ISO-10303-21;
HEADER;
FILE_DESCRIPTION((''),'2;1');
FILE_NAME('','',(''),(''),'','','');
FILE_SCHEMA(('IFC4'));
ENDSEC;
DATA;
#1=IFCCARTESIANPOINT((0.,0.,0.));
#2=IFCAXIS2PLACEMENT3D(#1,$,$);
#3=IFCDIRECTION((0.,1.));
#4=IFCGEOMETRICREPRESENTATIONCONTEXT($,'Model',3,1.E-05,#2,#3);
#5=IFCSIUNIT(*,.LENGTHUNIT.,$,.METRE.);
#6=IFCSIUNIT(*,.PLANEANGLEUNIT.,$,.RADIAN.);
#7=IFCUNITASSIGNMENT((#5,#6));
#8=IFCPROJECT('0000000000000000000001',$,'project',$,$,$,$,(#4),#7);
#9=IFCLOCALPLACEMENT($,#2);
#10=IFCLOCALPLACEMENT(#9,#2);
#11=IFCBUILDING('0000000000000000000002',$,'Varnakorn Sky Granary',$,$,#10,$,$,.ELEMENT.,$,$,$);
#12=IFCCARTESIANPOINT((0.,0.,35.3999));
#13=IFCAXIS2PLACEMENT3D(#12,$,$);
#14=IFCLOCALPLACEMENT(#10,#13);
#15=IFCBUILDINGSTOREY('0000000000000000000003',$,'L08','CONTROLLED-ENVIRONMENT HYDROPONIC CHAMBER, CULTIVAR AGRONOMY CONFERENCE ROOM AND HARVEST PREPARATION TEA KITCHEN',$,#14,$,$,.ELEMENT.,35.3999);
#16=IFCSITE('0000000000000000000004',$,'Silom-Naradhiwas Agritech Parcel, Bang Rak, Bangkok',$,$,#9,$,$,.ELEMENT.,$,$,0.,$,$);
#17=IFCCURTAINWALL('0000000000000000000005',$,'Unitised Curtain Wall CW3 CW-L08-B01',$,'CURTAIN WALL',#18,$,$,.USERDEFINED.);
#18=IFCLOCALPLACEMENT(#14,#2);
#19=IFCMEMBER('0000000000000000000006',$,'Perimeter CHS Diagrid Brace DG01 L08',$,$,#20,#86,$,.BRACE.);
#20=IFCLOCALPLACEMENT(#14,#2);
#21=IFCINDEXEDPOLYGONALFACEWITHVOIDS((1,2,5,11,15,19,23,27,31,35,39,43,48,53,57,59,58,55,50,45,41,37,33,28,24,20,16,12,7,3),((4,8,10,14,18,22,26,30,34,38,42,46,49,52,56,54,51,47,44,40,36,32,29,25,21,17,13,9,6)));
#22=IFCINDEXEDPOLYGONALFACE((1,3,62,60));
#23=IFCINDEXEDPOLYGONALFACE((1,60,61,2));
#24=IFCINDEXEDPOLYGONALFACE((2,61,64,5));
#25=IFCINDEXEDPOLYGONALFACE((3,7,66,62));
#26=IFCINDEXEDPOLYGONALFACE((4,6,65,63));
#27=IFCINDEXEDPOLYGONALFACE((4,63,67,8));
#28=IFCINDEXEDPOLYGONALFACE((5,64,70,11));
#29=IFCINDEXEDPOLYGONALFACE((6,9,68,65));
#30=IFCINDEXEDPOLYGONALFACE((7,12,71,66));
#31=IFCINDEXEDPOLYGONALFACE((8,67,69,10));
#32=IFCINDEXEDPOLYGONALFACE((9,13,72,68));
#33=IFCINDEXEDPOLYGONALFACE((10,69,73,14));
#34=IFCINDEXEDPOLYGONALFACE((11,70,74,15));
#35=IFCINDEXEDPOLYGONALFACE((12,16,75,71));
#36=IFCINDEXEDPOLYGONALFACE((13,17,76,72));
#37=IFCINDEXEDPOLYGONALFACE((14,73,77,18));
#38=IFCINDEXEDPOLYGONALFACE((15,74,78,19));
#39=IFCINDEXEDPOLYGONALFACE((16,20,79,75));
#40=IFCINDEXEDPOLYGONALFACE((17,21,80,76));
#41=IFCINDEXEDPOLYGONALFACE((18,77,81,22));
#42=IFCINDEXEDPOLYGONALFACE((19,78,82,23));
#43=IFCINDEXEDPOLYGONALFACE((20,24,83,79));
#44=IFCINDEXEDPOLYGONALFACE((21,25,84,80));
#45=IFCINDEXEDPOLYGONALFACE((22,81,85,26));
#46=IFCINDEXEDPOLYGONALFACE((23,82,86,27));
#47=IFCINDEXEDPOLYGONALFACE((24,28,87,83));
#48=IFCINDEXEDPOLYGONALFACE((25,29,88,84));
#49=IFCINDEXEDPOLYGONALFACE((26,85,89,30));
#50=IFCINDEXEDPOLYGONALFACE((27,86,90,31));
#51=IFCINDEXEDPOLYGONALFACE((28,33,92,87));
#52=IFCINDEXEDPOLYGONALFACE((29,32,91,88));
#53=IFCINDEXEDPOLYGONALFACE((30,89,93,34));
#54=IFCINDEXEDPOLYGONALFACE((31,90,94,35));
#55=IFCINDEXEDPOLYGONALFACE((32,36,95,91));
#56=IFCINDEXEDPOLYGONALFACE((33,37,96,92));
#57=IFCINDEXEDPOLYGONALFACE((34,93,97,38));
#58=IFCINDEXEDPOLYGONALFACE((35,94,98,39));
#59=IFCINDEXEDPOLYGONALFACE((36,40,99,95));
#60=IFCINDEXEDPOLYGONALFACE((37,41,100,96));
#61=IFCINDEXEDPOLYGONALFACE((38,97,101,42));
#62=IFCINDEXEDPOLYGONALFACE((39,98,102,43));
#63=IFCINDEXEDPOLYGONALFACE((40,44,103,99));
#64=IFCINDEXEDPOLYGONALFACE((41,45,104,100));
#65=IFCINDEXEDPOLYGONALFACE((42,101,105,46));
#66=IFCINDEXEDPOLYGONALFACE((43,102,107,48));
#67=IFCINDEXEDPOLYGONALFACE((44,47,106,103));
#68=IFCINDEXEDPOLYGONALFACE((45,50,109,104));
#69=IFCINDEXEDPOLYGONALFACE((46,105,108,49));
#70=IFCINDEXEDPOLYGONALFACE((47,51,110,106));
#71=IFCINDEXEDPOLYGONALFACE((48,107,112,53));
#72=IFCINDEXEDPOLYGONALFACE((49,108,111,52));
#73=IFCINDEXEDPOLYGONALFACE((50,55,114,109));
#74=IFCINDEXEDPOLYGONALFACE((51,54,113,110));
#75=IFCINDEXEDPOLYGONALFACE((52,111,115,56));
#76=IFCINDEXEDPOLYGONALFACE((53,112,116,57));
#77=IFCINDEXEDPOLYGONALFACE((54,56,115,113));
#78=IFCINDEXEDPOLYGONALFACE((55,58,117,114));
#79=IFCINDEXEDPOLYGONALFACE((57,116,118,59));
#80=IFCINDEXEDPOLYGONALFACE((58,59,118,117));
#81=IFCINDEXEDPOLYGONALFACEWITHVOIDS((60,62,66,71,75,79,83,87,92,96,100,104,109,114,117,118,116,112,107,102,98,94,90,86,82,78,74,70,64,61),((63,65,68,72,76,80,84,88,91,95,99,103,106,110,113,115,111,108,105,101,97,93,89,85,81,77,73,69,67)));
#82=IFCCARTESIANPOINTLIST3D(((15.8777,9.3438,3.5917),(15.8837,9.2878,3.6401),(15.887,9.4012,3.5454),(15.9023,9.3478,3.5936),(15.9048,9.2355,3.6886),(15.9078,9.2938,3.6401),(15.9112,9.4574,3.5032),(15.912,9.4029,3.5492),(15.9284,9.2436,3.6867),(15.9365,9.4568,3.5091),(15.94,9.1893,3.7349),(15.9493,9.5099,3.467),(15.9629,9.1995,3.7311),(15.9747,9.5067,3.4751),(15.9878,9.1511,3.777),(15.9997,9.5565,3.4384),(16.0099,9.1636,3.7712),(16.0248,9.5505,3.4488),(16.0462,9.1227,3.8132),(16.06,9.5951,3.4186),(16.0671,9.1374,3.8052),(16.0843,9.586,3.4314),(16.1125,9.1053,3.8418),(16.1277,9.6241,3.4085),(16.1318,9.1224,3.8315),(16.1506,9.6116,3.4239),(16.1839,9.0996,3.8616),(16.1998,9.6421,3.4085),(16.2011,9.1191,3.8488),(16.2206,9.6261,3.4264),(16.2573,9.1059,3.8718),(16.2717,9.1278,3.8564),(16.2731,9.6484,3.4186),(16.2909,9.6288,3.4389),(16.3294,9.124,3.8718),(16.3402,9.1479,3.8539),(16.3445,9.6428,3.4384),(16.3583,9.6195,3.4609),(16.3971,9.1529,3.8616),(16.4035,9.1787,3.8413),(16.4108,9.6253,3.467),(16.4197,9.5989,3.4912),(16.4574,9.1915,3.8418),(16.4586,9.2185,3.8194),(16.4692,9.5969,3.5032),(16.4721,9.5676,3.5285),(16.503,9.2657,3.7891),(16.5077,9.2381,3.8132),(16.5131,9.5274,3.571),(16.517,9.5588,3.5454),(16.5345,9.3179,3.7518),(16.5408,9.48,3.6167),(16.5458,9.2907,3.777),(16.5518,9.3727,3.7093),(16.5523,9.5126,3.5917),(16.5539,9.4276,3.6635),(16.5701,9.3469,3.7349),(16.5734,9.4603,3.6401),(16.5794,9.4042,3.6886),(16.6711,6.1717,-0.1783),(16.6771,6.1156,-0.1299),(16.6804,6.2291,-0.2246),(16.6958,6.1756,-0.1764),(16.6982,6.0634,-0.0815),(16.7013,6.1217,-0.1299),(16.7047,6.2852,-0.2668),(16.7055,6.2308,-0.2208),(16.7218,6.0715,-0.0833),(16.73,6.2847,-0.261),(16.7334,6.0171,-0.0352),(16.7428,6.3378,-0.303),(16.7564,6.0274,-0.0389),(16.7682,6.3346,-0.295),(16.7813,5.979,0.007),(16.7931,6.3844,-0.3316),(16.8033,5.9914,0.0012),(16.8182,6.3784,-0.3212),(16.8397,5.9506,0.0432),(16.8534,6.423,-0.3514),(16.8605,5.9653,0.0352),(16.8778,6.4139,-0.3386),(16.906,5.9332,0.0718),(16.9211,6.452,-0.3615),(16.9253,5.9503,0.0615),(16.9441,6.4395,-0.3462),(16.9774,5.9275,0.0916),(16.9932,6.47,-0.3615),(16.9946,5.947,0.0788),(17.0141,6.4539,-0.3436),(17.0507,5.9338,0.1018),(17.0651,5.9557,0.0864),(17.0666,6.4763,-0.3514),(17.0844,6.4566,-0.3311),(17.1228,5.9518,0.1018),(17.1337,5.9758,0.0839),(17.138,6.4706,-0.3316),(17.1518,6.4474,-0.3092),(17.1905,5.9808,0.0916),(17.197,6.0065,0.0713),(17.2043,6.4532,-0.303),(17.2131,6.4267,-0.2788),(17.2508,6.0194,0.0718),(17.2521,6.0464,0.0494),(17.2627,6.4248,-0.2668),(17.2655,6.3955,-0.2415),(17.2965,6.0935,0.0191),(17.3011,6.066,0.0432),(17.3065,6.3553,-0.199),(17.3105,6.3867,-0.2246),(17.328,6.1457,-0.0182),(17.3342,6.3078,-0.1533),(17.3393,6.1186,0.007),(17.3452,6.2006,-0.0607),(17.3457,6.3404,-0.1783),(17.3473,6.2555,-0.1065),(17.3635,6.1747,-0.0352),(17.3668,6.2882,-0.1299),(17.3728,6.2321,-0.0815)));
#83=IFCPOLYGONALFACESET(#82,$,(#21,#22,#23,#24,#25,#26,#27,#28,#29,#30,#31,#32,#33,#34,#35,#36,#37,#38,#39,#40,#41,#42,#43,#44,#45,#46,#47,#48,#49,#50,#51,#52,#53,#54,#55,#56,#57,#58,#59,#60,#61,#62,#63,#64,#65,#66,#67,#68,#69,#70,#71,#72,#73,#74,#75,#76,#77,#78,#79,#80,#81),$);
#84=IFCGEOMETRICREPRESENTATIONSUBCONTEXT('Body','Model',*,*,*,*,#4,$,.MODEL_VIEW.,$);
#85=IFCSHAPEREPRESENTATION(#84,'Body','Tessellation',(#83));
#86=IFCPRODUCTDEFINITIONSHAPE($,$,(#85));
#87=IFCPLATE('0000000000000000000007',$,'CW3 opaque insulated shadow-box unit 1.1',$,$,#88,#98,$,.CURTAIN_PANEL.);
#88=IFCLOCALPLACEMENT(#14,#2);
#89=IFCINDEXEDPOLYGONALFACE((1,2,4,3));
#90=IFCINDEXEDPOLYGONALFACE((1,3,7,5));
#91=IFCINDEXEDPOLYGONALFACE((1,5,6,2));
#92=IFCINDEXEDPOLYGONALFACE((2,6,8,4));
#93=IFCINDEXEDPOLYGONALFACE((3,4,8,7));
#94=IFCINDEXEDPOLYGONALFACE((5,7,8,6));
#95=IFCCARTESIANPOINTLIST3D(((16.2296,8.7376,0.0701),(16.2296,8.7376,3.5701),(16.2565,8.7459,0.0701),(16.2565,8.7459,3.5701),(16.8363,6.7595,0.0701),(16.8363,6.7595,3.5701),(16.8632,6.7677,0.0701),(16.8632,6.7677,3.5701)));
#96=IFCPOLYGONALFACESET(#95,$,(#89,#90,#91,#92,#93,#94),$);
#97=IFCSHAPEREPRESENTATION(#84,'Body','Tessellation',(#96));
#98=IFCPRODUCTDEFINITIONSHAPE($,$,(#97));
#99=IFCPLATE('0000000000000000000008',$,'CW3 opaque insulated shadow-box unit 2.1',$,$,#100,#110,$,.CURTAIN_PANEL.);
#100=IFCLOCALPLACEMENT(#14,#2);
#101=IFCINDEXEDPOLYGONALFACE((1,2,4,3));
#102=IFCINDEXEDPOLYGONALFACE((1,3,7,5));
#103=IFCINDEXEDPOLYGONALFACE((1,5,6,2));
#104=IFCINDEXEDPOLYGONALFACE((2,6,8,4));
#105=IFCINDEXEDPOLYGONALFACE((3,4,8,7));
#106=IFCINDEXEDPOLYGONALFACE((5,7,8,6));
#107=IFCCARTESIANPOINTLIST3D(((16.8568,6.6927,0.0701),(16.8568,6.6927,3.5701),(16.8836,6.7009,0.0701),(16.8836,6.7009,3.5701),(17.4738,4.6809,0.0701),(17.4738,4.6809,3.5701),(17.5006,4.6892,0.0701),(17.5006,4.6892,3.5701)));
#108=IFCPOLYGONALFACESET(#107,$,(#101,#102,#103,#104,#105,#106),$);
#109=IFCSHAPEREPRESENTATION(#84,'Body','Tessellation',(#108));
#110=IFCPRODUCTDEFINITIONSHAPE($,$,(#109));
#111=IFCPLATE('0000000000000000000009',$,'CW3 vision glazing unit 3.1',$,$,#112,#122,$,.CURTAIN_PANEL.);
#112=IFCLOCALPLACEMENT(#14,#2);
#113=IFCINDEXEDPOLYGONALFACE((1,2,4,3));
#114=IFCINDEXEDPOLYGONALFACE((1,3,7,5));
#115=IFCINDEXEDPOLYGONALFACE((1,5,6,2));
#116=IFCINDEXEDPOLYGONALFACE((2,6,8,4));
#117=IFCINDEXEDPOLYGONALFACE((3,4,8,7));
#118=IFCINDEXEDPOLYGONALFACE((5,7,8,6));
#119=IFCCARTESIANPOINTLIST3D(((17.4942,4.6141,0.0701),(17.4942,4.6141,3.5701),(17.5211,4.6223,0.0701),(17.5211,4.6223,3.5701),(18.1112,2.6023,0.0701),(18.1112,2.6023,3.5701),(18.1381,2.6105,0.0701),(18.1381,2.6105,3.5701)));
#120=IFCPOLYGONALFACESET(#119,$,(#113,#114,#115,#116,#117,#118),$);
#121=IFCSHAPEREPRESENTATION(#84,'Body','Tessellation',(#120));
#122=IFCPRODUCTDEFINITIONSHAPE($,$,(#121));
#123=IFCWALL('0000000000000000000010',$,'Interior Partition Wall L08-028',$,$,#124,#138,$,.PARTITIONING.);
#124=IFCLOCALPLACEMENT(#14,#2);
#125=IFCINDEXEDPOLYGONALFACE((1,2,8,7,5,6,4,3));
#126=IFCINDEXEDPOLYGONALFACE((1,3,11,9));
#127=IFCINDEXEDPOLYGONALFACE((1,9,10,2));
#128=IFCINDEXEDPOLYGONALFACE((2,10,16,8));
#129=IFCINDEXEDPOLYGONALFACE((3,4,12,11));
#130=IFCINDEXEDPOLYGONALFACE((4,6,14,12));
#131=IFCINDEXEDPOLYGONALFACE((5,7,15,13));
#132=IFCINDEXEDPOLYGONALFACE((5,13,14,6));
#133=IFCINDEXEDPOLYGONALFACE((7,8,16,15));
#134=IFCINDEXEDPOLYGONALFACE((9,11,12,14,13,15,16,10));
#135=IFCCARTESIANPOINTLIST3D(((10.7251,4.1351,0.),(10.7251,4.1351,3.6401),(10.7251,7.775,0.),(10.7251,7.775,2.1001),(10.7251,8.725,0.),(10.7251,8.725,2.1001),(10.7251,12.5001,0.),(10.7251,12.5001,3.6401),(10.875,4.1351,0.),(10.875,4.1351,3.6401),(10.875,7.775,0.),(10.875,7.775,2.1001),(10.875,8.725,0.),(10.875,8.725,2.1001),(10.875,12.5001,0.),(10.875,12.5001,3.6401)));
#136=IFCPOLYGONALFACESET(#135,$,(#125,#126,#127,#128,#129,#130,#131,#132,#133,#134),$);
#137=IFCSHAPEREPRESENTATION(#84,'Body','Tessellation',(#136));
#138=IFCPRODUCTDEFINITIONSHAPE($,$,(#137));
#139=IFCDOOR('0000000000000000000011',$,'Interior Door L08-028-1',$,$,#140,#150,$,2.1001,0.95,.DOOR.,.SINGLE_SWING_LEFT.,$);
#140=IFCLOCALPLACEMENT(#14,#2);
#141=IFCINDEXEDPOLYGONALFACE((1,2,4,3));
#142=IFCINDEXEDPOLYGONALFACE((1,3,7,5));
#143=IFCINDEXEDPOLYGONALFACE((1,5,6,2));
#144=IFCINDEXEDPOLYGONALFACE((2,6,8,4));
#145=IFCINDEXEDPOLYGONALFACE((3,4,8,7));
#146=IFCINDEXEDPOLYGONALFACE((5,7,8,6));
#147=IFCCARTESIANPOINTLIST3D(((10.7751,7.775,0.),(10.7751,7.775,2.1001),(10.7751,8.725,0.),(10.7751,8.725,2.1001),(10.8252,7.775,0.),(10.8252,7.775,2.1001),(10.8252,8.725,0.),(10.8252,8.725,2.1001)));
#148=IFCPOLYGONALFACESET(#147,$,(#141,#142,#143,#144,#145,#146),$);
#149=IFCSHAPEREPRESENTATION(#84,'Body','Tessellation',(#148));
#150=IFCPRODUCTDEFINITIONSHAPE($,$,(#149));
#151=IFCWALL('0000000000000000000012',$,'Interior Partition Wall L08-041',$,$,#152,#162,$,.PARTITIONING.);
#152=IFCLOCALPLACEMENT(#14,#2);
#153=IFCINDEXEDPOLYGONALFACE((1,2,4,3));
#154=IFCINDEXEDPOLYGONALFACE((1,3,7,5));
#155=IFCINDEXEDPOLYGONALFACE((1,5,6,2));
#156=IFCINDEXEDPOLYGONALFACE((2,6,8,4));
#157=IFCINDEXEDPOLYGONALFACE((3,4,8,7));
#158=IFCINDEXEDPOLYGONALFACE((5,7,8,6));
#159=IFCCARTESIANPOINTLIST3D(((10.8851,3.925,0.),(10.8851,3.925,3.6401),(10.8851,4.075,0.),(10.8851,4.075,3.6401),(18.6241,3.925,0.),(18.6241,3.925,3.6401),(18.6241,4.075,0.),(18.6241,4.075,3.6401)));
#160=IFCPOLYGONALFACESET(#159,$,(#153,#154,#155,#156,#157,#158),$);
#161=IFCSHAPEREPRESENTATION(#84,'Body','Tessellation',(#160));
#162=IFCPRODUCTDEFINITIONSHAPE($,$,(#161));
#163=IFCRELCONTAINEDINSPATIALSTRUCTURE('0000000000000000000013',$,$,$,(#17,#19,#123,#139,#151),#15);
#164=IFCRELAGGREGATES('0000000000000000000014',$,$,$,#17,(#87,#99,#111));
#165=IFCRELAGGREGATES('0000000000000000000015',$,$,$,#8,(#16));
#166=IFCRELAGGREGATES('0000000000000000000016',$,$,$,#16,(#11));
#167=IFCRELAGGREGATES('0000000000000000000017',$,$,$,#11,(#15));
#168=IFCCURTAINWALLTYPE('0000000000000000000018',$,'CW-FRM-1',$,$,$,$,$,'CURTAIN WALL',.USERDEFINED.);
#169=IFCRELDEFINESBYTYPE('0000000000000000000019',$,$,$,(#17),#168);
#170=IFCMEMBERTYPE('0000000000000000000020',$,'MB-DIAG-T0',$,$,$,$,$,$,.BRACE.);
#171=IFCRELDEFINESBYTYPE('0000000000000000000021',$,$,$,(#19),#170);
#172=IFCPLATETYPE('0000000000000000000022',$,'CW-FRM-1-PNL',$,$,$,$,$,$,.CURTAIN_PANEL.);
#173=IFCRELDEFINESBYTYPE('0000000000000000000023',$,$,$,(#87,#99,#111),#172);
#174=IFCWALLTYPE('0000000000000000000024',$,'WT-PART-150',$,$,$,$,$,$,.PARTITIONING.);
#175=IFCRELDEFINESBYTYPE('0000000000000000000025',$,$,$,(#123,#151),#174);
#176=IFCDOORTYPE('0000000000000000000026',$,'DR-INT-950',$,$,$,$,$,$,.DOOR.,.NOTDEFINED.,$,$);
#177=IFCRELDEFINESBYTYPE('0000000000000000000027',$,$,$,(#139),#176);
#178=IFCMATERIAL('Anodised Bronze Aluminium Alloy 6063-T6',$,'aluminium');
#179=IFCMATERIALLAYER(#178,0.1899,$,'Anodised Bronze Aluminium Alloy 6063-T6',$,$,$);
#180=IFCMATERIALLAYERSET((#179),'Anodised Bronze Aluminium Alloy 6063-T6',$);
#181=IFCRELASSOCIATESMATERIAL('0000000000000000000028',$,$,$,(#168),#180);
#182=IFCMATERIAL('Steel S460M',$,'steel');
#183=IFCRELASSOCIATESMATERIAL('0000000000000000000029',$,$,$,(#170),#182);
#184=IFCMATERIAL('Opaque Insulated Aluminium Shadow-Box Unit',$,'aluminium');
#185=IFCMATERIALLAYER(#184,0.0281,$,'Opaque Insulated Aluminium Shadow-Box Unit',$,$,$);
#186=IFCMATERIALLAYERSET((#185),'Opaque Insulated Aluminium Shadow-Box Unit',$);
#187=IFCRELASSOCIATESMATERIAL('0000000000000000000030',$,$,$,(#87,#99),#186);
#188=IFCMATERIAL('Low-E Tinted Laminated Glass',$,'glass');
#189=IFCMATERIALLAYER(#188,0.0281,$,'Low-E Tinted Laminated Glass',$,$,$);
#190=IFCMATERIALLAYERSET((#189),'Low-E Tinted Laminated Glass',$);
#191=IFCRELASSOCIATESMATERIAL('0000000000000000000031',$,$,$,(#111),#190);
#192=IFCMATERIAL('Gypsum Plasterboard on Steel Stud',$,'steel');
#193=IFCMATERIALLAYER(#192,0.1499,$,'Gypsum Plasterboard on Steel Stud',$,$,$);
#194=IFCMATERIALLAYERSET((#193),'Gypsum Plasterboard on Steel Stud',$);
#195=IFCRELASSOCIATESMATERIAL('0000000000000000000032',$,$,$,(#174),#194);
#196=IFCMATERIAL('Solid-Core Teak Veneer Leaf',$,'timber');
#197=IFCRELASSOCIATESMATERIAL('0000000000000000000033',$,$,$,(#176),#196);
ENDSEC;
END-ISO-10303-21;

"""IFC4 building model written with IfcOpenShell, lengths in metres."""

from ifc_helpers import new_model, si_unit, direction, frame, frame_2d, origin, origin_2d, place, context, subcontext, project, spatial, rectangle, hollow_circle, extrude, source, transform, mapped, material, layer, layer_set, material_profile, profile_set, type_object, type_shapes, element, fill, aggregate, save


model = new_model("IFC4")

# Units and contexts
model_context = context("Model", 3, precision=1e-05, world=origin(), true_north=direction((0.0, 1.0)))
body_context = subcontext(model_context, "Body", "Model", "MODEL_VIEW")
ifc_project = project(units=[si_unit("LENGTHUNIT", "METRE"), si_unit("PLANEANGLEUNIT", "RADIAN")], contexts=[model_context])

# Site, building, storey
site_placement = place(None, origin())
site = spatial("IfcSite", under=ifc_project, at=site_placement, Name="Silom-Naradhiwas Agritech Parcel, Bang Rak, Bangkok", CompositionType="ELEMENT", RefElevation=0.0)
building_placement = place(site_placement, origin())
building = spatial("IfcBuilding", under=site, at=building_placement, Name="Varnakorn Sky Granary", CompositionType="ELEMENT")
storey_placement = place(building_placement, frame((0.0, 0.0, 35.3999)))
storey = spatial("IfcBuildingStorey", under=building, at=storey_placement, Name="L08", Description="CONTROLLED-ENVIRONMENT HYDROPONIC CHAMBER, CULTIVAR AGRONOMY CONFERENCE ROOM AND HARVEST PREPARATION TEA KITCHEN", CompositionType="ELEMENT", Elevation=35.3999)

# Shared definitions
ifc_material_1 = material(Name="Steel S460M", Category="steel")

# Curtain wall
ifc_material_2 = material(Name="Anodised Bronze Aluminium Alloy 6063-T6", Category="aluminium")
ifc_layer_1 = layer(ifc_material_2, 0.1899, Name="Anodised Bronze Aluminium Alloy 6063-T6")
ifc_layer_set_1 = layer_set([ifc_layer_1], Name="Anodised Bronze Aluminium Alloy 6063-T6")
curtain_wall_type = type_object("IfcCurtainWallType", Name="CW-FRM-1", ElementType="CURTAIN WALL", PredefinedType="USERDEFINED", material=ifc_layer_set_1)
curtain_wall_placement = place(storey_placement, origin())
curtain_wall = element("IfcCurtainWall", 1, at=curtain_wall_placement, inside=storey, type_object=curtain_wall_type, Name="Unitised Curtain Wall CW3 CW-L08-B01", ObjectType="CURTAIN WALL", PredefinedType="USERDEFINED")

# Member
ifc_material_profile_1 = material_profile(ifc_material_1, hollow_circle(Radius=0.3555, WallThickness=0.0249, at=origin_2d()), Name="CHS 711x25")
ifc_profile_set_1 = profile_set([ifc_material_profile_1], Name="Steel S460M")
member_type_1 = type_object("IfcMemberType", Name="MB-DIAG-T0", PredefinedType="BRACE", material=ifc_profile_set_1)
member_1_placement = place(storey_placement, frame((17.022, 6.2019, -0.1299), z_axis=(-0.158994, 0.635633, 0.755441), x_axis=(-0.970112, -0.242659, 0.0)))
element("IfcMember", 2, at=member_1_placement, inside=storey, type_object=member_type_1, Name="Perimeter CHS Diagrid Brace DG01 L08", PredefinedType="BRACE", context=body_context, shape_type="SweptSolid", body=[
    extrude(hollow_circle(Radius=0.3555, WallThickness=0.0249, at=origin_2d()), origin(), (0.0, 0.0, 1.0), 4.9905),
])

# Plates
ifc_material_3 = material(Name="Opaque Insulated Aluminium Shadow-Box Unit", Category="aluminium")
ifc_layer_2 = layer(ifc_material_3, 0.0281, Name="Opaque Insulated Aluminium Shadow-Box Unit")
ifc_layer_set_2 = layer_set([ifc_layer_2], Name="Opaque Insulated Aluminium Shadow-Box Unit")
plate_type = type_object("IfcPlateType", Name="CW-FRM-1-PNL", PredefinedType="CURTAIN_PANEL")
shared_shape_1 = source(origin(), body_context, "Body", "SweptSolid", [
    extrude(rectangle(XDim=2.0691, YDim=0.0281, at=origin_2d()), origin(), (0.0, 0.0, 1.0), 3.5),
])
plate_1_placement = place(storey_placement, frame((16.5464, 7.7527, 0.0701), z_axis=(0.0, 0.0, 1.0), x_axis=(0.293216, -0.956046, 0.0)))
plate_1 = element("IfcPlate", 3, at=plate_1_placement, type_object=plate_type, material=ifc_layer_set_2, Name="CW3 opaque insulated shadow-box unit 1.1", PredefinedType="CURTAIN_PANEL", context=body_context, shape_type="MappedRepresentation", body=[
    mapped(shared_shape_1, transform((0.0, 0.0, 0.0), x_axis=(1.0, 0.0, 0.0), y_axis=(0.0, 1.0, 0.0), z_axis=(0.0, 0.0, 1.0), scale=1.0)),
])
shared_shape_2 = source(origin(), body_context, "Body", "SweptSolid", [
    extrude(rectangle(XDim=2.1042, YDim=0.0281, at=origin_2d()), origin(), (0.0, 0.0, 1.0), 3.5),
])
type_shapes(plate_type, [shared_shape_1, shared_shape_2])
plate_2_placement = place(storey_placement, frame((17.1787, 5.6909, 0.0701), z_axis=(0.0, 0.0, 1.0), x_axis=(0.293216, -0.956046, 0.0)))
plate_2 = element("IfcPlate", 4, at=plate_2_placement, type_object=plate_type, material=ifc_layer_set_2, Name="CW3 opaque insulated shadow-box unit 2.1", PredefinedType="CURTAIN_PANEL", context=body_context, shape_type="MappedRepresentation", body=[
    mapped(shared_shape_2, transform((0.0, 0.0, 0.0), x_axis=(1.0, 0.0, 0.0), y_axis=(0.0, 1.0, 0.0), z_axis=(0.0, 0.0, 1.0), scale=1.0)),
])
ifc_material_4 = material(Name="Low-E Tinted Laminated Glass", Category="glass")
ifc_layer_3 = layer(ifc_material_4, 0.0281, Name="Low-E Tinted Laminated Glass")
ifc_layer_set_3 = layer_set([ifc_layer_3], Name="Low-E Tinted Laminated Glass")
plate_3_placement = place(storey_placement, frame((17.8162, 3.6123, 0.0701), z_axis=(0.0, 0.0, 1.0), x_axis=(0.293216, -0.956046, 0.0)))
plate_3 = element("IfcPlate", 5, at=plate_3_placement, type_object=plate_type, material=ifc_layer_set_3, Name="CW3 vision glazing unit 3.1", PredefinedType="CURTAIN_PANEL", context=body_context, shape_type="MappedRepresentation", body=[
    mapped(shared_shape_2, transform((0.0, 0.0, 0.0), x_axis=(1.0, 0.0, 0.0), y_axis=(0.0, 1.0, 0.0), z_axis=(0.0, 0.0, 1.0), scale=1.0)),
])
aggregate(curtain_wall, [plate_1, plate_2, plate_3])

# Wall, opening, door
ifc_material_5 = material(Name="Gypsum Plasterboard on Steel Stud", Category="steel")
ifc_layer_4 = layer(ifc_material_5, 0.1499, Name="Gypsum Plasterboard on Steel Stud")
ifc_layer_set_4 = layer_set([ifc_layer_4], Name="Gypsum Plasterboard on Steel Stud")
wall_type = type_object("IfcWallType", Name="WT-PART-150", PredefinedType="PARTITIONING", material=ifc_layer_set_4)
wall_1_placement = place(storey_placement, frame((10.8, 4.135, 0.0), z_axis=(0.0, 0.0, 1.0), x_axis=(0.0, 1.0, 0.0)))
wall_1 = element("IfcWall", 6, at=wall_1_placement, inside=storey, type_object=wall_type, Name="Interior Partition Wall L08-028", PredefinedType="PARTITIONING", context=body_context, shape_type="SweptSolid", body=[
    extrude(rectangle(XDim=8.365, YDim=0.1499, at=frame_2d((4.1826, 0.0))), origin(), (0.0, 0.0, 1.0), 3.6401),
])
opening_placement = place(wall_1_placement, frame((3.6399, 0.0, 0.0)))
opening = element("IfcOpeningElement", 7, at=opening_placement, cuts=wall_1, PredefinedType="OPENING", context=body_context, shape_type="SweptSolid", body=[
    extrude(rectangle(XDim=0.95, YDim=2.1001, at=frame_2d((0.4751, 1.05))), frame((0.0, 0.085, 0.0), z_axis=(0.0, -1.0, 0.0), x_axis=(1.0, 0.0, 0.0)), (0.0, 0.0, 1.0), 0.1699),
])
ifc_material_6 = material(Name="Solid-Core Teak Veneer Leaf", Category="timber")
door_type = type_object("IfcDoorType", Name="DR-INT-950", OperationType="NOTDEFINED", PredefinedType="DOOR", material=ifc_material_6)
door_placement = place(opening_placement, origin())
door = element("IfcDoor", 8, at=door_placement, inside=storey, type_object=door_type, Name="Interior Door L08-028-1", OperationType="SINGLE_SWING_LEFT", OverallHeight=2.1001, OverallWidth=0.95, PredefinedType="DOOR", context=body_context, shape_type="SweptSolid", body=[
    extrude(rectangle(XDim=0.95, YDim=2.1001, at=frame_2d((0.4751, 1.05))), frame((0.0, 0.0249, 0.0), z_axis=(0.0, -1.0, 0.0), x_axis=(1.0, 0.0, 0.0)), (0.0, 0.0, 1.0), 0.05),
])
fill(opening, door)

# Wall
wall_2_placement = place(storey_placement, frame((10.885, 4.0, 0.0), z_axis=(0.0, 0.0, 1.0), x_axis=(1.0, 0.0, 0.0)))
element("IfcWall", 9, at=wall_2_placement, inside=storey, type_object=wall_type, Name="Interior Partition Wall L08-041", PredefinedType="PARTITIONING", context=body_context, shape_type="SweptSolid", body=[
    extrude(rectangle(XDim=7.739, YDim=0.1499, at=frame_2d((3.8696, 0.0))), origin(), (0.0, 0.0, 1.0), 3.6401),
])

save(model, "model.ifc")
